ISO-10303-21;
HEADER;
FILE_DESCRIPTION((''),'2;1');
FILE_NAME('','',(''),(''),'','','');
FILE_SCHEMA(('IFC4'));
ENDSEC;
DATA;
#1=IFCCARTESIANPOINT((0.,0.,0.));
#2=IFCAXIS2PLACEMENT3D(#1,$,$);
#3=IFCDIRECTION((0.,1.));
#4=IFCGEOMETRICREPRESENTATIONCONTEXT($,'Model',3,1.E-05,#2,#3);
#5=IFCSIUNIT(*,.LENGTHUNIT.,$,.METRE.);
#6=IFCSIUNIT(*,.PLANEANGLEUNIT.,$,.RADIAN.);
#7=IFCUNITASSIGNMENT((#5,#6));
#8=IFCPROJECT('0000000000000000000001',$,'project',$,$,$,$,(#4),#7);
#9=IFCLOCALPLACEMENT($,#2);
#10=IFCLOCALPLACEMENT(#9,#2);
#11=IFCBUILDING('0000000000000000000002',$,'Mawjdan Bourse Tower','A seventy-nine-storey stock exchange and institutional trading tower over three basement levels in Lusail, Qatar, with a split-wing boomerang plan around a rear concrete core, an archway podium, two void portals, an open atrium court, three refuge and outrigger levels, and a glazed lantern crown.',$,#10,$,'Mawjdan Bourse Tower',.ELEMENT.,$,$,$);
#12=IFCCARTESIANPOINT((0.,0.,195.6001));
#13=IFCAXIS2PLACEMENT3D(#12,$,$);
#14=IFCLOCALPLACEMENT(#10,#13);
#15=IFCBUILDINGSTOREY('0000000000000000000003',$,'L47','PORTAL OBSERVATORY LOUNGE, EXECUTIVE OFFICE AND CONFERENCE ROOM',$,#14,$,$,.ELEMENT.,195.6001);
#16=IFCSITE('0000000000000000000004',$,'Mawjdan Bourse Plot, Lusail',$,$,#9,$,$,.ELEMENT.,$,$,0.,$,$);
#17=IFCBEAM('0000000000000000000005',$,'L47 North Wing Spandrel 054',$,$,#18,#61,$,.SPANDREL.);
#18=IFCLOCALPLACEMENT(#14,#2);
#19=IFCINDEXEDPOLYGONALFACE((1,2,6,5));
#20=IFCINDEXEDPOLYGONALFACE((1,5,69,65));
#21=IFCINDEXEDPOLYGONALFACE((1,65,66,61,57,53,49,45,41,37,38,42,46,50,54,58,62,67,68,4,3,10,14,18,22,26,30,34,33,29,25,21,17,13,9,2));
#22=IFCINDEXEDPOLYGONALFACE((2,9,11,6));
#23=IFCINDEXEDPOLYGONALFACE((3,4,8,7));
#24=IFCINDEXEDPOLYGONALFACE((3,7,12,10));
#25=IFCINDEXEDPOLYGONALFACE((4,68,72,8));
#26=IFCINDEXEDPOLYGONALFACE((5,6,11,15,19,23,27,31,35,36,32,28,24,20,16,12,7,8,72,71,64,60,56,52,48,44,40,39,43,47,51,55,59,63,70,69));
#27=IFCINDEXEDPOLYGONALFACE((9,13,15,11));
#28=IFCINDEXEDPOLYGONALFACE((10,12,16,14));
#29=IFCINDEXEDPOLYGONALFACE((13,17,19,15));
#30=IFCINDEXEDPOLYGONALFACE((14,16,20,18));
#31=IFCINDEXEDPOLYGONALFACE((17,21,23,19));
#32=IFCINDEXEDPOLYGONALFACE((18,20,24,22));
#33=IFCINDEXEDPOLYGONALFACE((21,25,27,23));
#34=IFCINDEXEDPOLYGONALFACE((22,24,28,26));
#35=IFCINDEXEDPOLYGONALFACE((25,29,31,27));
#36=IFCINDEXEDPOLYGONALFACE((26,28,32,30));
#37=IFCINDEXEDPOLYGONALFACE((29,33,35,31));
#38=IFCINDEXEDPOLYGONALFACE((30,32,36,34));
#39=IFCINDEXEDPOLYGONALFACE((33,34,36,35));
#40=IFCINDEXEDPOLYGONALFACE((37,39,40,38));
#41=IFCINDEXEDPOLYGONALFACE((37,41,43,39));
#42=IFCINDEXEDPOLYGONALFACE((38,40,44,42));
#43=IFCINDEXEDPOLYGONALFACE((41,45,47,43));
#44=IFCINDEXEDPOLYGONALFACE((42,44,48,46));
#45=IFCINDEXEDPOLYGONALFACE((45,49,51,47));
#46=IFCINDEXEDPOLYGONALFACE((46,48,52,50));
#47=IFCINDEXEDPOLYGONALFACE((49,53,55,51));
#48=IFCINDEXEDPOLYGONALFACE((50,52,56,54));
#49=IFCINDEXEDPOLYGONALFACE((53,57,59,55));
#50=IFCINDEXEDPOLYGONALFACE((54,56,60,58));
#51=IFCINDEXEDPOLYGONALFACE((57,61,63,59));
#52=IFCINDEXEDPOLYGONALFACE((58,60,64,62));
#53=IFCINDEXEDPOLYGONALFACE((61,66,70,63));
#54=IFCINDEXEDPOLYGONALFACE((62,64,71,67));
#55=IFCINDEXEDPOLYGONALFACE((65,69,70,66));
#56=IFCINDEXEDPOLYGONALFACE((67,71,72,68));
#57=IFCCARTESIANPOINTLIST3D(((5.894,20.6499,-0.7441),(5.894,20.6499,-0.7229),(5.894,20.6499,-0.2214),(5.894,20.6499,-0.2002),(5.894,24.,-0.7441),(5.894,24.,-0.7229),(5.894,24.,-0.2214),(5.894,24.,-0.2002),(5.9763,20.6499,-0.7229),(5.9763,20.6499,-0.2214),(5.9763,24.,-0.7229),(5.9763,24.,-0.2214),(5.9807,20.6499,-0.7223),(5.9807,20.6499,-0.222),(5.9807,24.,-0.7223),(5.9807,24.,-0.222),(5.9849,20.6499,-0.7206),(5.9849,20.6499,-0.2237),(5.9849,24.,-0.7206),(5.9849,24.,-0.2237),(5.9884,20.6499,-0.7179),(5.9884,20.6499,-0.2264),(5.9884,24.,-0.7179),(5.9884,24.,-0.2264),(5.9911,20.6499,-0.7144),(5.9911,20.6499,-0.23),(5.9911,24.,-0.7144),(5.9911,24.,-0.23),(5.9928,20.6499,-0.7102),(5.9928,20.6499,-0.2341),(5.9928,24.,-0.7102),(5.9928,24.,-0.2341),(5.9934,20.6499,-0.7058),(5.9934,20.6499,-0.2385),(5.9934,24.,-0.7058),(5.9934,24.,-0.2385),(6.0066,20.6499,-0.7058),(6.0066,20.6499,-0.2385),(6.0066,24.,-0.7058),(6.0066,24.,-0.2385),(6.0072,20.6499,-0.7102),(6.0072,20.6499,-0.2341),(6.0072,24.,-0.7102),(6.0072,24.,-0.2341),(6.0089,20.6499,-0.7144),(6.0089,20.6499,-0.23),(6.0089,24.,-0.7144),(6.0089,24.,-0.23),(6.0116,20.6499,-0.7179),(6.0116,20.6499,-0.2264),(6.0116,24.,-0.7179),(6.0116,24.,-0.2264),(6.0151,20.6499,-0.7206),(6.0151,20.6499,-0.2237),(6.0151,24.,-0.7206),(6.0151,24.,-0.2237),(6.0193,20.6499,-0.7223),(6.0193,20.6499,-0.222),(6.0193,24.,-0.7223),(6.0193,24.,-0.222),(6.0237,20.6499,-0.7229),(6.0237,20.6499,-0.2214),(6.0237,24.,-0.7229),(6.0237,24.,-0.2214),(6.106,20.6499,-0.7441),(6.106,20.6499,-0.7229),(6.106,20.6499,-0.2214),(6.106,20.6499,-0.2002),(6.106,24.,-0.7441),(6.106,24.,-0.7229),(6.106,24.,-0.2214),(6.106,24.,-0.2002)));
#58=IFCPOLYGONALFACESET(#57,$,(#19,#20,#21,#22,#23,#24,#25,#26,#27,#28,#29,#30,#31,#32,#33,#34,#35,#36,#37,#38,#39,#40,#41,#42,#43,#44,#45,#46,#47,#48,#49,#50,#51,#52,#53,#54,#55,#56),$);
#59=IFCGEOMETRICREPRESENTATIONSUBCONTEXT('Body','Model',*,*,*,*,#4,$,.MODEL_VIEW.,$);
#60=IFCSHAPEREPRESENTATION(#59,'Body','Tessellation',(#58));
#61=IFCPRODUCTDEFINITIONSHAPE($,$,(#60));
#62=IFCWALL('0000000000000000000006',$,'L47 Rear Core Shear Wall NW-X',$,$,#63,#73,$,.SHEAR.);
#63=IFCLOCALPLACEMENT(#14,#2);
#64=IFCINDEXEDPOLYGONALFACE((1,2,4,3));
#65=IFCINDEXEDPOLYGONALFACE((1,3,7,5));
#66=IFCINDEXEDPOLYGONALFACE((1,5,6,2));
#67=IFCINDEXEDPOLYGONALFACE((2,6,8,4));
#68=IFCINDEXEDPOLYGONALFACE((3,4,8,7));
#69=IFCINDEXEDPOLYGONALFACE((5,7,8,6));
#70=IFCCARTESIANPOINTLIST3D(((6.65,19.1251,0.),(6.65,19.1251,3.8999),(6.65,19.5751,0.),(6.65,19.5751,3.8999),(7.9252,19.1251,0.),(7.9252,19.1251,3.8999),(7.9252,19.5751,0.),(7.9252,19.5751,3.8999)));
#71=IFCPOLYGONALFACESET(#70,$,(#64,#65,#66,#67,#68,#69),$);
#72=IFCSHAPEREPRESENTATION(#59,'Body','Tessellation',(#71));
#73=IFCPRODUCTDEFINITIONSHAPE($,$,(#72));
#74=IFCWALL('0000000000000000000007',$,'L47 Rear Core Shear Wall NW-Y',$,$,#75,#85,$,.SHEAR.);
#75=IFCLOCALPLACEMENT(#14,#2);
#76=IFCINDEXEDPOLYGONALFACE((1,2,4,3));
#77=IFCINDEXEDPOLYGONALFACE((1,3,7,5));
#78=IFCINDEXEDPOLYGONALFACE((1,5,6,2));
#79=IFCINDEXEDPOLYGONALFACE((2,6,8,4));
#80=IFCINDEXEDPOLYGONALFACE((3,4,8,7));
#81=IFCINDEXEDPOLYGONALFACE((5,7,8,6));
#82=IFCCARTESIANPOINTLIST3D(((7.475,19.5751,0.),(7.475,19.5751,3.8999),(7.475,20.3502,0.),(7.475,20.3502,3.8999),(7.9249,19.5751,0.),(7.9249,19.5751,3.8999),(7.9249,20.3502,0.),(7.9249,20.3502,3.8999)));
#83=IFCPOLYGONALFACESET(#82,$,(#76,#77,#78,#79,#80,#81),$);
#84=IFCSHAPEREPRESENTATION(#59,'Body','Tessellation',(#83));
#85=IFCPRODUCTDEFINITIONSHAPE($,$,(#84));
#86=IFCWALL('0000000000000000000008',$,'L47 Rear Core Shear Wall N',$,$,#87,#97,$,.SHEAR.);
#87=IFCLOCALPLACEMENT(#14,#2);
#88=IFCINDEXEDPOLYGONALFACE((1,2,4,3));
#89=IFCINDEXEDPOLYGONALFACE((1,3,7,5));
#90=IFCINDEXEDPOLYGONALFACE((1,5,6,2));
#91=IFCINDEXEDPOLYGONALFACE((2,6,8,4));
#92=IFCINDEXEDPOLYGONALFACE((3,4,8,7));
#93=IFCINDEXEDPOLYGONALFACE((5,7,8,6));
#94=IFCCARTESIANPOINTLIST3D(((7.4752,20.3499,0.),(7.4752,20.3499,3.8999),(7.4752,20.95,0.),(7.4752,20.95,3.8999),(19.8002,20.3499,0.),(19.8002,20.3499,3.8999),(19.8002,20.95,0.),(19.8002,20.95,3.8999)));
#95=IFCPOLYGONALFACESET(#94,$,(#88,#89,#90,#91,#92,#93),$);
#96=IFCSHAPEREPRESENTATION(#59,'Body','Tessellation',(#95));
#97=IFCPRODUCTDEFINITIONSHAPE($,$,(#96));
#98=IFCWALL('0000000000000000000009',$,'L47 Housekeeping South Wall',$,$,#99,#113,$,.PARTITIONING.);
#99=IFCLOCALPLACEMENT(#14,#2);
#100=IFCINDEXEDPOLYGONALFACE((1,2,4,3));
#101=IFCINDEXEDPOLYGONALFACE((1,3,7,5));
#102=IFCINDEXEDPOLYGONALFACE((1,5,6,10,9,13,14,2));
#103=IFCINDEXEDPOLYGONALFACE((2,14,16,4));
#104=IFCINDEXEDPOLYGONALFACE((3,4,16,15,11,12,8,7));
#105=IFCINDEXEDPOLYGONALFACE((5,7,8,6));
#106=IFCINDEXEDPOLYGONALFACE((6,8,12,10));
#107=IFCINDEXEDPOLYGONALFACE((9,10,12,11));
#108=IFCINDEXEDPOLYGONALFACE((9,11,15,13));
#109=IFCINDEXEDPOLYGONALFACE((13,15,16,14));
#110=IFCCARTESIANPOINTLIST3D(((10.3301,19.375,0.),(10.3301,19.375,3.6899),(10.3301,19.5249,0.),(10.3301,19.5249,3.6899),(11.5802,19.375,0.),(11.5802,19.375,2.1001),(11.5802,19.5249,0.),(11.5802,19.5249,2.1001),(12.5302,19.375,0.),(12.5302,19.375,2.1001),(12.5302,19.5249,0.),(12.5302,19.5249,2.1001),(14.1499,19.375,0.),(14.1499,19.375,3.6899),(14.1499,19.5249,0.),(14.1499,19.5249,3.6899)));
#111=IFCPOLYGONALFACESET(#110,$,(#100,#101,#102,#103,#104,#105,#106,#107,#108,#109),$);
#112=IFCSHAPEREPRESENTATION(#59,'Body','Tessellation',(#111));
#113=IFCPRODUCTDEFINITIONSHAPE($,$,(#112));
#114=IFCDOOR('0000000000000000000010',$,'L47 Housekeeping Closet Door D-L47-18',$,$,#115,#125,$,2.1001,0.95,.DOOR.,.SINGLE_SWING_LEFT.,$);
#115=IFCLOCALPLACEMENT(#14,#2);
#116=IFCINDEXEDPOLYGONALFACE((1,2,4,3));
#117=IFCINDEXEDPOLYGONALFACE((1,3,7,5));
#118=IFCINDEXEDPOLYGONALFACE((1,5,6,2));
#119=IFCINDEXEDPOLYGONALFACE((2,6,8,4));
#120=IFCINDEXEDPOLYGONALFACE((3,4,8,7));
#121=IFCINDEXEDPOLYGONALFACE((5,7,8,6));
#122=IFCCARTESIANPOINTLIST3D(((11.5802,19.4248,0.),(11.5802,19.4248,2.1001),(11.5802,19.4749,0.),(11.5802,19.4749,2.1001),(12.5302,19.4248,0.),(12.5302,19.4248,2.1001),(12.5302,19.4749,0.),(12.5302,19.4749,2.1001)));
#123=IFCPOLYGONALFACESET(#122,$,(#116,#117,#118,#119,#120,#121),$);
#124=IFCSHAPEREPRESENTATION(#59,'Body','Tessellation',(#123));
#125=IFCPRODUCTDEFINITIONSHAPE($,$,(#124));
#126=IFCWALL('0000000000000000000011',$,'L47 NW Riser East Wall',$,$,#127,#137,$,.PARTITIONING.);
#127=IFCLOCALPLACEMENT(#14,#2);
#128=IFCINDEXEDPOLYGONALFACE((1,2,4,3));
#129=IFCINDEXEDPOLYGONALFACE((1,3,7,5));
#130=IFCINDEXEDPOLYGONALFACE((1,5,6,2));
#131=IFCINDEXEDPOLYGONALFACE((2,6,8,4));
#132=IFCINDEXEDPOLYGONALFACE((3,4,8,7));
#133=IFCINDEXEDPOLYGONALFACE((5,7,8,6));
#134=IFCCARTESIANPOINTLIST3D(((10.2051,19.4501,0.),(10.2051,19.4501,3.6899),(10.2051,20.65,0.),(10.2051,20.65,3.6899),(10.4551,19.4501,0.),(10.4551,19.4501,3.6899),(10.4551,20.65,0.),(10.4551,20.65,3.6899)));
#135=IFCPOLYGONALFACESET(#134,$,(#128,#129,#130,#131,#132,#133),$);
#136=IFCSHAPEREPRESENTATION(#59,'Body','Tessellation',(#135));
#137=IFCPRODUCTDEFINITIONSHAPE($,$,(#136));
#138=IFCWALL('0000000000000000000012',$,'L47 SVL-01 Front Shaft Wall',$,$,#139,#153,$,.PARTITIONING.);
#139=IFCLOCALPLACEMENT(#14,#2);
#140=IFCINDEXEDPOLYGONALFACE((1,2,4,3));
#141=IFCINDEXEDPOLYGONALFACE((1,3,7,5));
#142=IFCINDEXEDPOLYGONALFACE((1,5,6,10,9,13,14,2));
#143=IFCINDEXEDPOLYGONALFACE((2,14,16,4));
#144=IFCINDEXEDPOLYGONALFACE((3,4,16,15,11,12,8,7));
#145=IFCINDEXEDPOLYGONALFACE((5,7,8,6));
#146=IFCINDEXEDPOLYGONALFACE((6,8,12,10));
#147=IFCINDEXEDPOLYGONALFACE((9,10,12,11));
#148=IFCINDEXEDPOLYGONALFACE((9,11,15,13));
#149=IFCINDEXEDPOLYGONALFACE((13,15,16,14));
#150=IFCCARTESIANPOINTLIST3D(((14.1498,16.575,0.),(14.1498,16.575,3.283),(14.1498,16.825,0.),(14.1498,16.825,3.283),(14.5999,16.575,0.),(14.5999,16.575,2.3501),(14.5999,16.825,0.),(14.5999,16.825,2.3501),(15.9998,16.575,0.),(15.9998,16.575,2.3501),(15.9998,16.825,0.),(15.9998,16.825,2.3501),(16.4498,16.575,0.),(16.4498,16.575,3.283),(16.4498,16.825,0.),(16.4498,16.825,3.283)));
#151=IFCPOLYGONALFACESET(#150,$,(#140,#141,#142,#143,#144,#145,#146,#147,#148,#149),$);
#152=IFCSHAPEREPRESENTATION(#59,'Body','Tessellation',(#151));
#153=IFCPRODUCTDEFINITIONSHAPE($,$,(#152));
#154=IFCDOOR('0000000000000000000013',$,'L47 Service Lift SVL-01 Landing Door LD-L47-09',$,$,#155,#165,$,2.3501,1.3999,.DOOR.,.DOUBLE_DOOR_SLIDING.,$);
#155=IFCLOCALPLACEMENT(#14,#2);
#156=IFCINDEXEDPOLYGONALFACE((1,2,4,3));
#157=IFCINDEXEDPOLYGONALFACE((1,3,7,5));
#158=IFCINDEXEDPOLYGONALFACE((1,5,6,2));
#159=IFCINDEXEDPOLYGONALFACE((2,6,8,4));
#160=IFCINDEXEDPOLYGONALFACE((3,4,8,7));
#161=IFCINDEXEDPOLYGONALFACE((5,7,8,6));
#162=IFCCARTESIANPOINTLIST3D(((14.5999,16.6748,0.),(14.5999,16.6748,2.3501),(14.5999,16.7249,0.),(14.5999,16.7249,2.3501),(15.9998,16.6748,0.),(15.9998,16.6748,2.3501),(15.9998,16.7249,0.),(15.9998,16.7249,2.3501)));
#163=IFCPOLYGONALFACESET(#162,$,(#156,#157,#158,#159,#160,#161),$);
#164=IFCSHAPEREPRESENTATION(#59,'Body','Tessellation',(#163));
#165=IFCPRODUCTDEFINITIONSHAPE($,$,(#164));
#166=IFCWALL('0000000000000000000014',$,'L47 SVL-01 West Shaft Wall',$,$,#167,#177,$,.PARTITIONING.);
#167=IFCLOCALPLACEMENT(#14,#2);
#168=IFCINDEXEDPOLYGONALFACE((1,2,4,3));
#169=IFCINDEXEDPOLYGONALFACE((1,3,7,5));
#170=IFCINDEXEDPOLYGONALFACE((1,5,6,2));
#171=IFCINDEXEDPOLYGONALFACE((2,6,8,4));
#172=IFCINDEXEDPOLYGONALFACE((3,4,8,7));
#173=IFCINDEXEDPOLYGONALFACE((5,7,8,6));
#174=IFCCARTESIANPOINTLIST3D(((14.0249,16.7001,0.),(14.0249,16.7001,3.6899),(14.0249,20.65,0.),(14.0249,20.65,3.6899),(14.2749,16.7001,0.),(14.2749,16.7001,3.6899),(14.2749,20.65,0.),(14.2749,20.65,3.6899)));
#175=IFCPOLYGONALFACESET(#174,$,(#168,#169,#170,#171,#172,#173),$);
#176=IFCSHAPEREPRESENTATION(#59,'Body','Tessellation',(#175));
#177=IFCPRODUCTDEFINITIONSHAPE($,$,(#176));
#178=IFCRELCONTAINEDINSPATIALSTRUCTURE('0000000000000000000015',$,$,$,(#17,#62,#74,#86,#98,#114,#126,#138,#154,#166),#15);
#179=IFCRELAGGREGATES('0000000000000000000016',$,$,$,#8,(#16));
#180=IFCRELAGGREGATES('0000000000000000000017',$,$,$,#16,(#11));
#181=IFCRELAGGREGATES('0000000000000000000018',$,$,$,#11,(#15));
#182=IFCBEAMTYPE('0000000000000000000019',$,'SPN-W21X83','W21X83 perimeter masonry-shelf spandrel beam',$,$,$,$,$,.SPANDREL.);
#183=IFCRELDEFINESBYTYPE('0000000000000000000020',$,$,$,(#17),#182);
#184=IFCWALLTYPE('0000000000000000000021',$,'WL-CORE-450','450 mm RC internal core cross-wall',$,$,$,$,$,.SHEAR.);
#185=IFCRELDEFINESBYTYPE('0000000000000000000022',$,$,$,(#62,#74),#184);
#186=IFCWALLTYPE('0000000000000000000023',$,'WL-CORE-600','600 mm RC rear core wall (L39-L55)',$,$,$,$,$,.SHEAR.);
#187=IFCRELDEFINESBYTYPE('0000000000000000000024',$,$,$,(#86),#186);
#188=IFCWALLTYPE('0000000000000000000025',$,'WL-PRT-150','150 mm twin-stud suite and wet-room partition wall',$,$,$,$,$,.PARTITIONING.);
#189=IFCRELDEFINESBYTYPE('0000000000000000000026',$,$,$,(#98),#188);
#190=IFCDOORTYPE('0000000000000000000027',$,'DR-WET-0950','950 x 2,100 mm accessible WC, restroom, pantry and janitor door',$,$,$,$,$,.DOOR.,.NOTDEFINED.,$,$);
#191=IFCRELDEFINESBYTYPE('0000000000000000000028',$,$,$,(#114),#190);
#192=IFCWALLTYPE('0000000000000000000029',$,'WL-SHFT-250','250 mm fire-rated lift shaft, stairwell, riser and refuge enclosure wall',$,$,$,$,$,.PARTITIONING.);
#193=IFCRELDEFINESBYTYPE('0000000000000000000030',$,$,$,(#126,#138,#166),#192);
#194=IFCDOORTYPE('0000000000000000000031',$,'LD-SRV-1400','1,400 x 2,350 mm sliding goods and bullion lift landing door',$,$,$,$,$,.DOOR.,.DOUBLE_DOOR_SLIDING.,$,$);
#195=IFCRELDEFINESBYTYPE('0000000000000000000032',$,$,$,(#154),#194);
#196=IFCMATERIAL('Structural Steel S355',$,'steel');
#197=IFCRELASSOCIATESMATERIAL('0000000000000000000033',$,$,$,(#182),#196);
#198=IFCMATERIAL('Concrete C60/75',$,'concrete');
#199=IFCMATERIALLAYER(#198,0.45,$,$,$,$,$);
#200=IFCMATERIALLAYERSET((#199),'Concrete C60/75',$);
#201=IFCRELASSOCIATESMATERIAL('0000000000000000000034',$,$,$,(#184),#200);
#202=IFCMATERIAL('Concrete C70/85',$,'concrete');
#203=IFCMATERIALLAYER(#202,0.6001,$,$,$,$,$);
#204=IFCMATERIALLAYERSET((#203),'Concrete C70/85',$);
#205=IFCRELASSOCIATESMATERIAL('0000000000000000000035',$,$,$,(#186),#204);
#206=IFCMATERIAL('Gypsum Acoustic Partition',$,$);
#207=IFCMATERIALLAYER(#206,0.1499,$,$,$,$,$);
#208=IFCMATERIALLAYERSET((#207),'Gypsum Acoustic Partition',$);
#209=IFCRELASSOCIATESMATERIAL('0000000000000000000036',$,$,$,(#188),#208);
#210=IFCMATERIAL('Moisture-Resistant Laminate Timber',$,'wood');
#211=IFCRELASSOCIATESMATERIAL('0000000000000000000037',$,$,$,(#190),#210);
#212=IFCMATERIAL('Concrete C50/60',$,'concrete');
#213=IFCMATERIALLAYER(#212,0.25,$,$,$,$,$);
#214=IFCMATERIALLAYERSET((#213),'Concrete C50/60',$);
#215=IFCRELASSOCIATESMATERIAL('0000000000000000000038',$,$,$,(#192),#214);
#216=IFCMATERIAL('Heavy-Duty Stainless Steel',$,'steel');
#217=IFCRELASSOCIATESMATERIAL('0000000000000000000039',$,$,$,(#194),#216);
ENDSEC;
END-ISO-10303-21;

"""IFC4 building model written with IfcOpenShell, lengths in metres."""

from ifc_helpers import new_model, si_unit, direction, frame, frame_2d, origin, origin_2d, place, context, subcontext, project, spatial, rectangle, i_section, extrude, material, layer, layer_set, material_profile, profile_set, type_object, element, fill, save


model = new_model("IFC4")

# Units and contexts
model_context = context("Model", 3, precision=1e-05, world=origin(), true_north=direction((0.0, 1.0)))
body_context = subcontext(model_context, "Body", "Model", "MODEL_VIEW")
ifc_project = project(units=[si_unit("LENGTHUNIT", "METRE"), si_unit("PLANEANGLEUNIT", "RADIAN")], contexts=[model_context])

# Site, building, storey
site_placement = place(None, origin())
site = spatial("IfcSite", under=ifc_project, at=site_placement, Name="Mawjdan Bourse Plot, Lusail", CompositionType="ELEMENT", RefElevation=0.0)
building_placement = place(site_placement, origin())
building = spatial("IfcBuilding", under=site, at=building_placement, Name="Mawjdan Bourse Tower", Description="A seventy-nine-storey stock exchange and institutional trading tower over three basement levels in Lusail, Qatar, with a split-wing boomerang plan around a rear concrete core, an archway podium, two void portals, an open atrium court, three refuge and outrigger levels, and a glazed lantern crown.", LongName="Mawjdan Bourse Tower", CompositionType="ELEMENT")
storey_placement = place(building_placement, frame((0.0, 0.0, 195.6001)))
storey = spatial("IfcBuildingStorey", under=building, at=storey_placement, Name="L47", Description="PORTAL OBSERVATORY LOUNGE, EXECUTIVE OFFICE AND CONFERENCE ROOM", CompositionType="ELEMENT", Elevation=195.6001)

# Beam
ifc_material_1 = material(Name="Structural Steel S355", Category="steel")
ifc_material_profile_1 = material_profile(ifc_material_1, i_section(OverallWidth=0.2119, OverallDepth=0.5439, WebThickness=0.0132, FlangeThickness=0.0212, FilletRadius=0.0171, at=origin_2d()), Name="W21X83")
ifc_profile_set_1 = profile_set([ifc_material_profile_1], Name="Structural Steel S355")
beam_type_1 = type_object("IfcBeamType", Name="SPN-W21X83", Description="W21X83 perimeter masonry-shelf spandrel beam", PredefinedType="SPANDREL", material=ifc_profile_set_1)
beam_1_placement = place(storey_placement, frame((6.0, 20.6499, -0.4722), z_axis=(0.0, 1.0, 0.0), x_axis=(-1.0, 0.0, 0.0)))
element("IfcBeam", 1, at=beam_1_placement, inside=storey, type_object=beam_type_1, Name="L47 North Wing Spandrel 054", PredefinedType="SPANDREL", context=body_context, shape_type="SweptSolid", body=[
    extrude(i_section(OverallWidth=0.2119, OverallDepth=0.5439, WebThickness=0.0132, FlangeThickness=0.0212, FilletRadius=0.0171, at=origin_2d()), origin(), (0.0, 0.0, 1.0), 3.3501),
])

# Walls
ifc_material_2 = material(Name="Concrete C60/75", Category="concrete")
ifc_layer_1 = layer(ifc_material_2, 0.45)
ifc_layer_set_1 = layer_set([ifc_layer_1], Name="Concrete C60/75")
wall_type_1 = type_object("IfcWallType", Name="WL-CORE-450", Description="450 mm RC internal core cross-wall", PredefinedType="SHEAR", material=ifc_layer_set_1)
wall_1_placement = place(storey_placement, frame((6.6499, 19.3501, 0.0), z_axis=(0.0, 0.0, 1.0), x_axis=(1.0, 0.0, 0.0)))
element("IfcWall", 2, at=wall_1_placement, inside=storey, type_object=wall_type_1, Name="L47 Rear Core Shear Wall NW-X", PredefinedType="SHEAR", context=body_context, shape_type="SweptSolid", body=[
    extrude(rectangle(XDim=1.2751, YDim=0.45, at=frame_2d((0.6377, 0.0))), origin(), (0.0, 0.0, 1.0), 3.8999),
])
wall_2_placement = place(storey_placement, frame((7.7, 19.575, 0.0), z_axis=(0.0, 0.0, 1.0), x_axis=(0.0, 1.0, 0.0)))
element("IfcWall", 3, at=wall_2_placement, inside=storey, type_object=wall_type_1, Name="L47 Rear Core Shear Wall NW-Y", PredefinedType="SHEAR", context=body_context, shape_type="SweptSolid", body=[
    extrude(rectangle(XDim=0.7751, YDim=0.45, at=frame_2d((0.3877, 0.0))), origin(), (0.0, 0.0, 1.0), 3.8999),
])
ifc_material_3 = material(Name="Concrete C70/85", Category="concrete")
ifc_layer_2 = layer(ifc_material_3, 0.6001)
ifc_layer_set_2 = layer_set([ifc_layer_2], Name="Concrete C70/85")
wall_type_2 = type_object("IfcWallType", Name="WL-CORE-600", Description="600 mm RC rear core wall (L39-L55)", PredefinedType="SHEAR", material=ifc_layer_set_2)
wall_3_placement = place(storey_placement, frame((7.4751, 20.6499, 0.0), z_axis=(0.0, 0.0, 1.0), x_axis=(1.0, 0.0, 0.0)))
element("IfcWall", 4, at=wall_3_placement, inside=storey, type_object=wall_type_2, Name="L47 Rear Core Shear Wall N", PredefinedType="SHEAR", context=body_context, shape_type="SweptSolid", body=[
    extrude(rectangle(XDim=12.325, YDim=0.6001, at=frame_2d((6.1626, 0.0))), origin(), (0.0, 0.0, 1.0), 3.8999),
])

# Wall, opening, door
ifc_material_4 = material(Name="Gypsum Acoustic Partition")
ifc_layer_3 = layer(ifc_material_4, 0.1499)
ifc_layer_set_3 = layer_set([ifc_layer_3], Name="Gypsum Acoustic Partition")
wall_type_3 = type_object("IfcWallType", Name="WL-PRT-150", Description="150 mm twin-stud suite and wet-room partition wall", PredefinedType="PARTITIONING", material=ifc_layer_set_3)
wall_4_placement = place(storey_placement, frame((10.3301, 19.45, 0.0), z_axis=(0.0, 0.0, 1.0), x_axis=(1.0, 0.0, 0.0)))
wall_4 = element("IfcWall", 5, at=wall_4_placement, inside=storey, type_object=wall_type_3, Name="L47 Housekeeping South Wall", PredefinedType="PARTITIONING", context=body_context, shape_type="SweptSolid", body=[
    extrude(rectangle(XDim=3.8198, YDim=0.1499, at=frame_2d((1.9099, 0.0))), origin(), (0.0, 0.0, 1.0), 3.6899),
])
opening_1_placement = place(wall_4_placement, frame((1.25, 0.0, 0.0)))
opening_1 = element("IfcOpeningElement", 6, at=opening_1_placement, cuts=wall_4, PredefinedType="OPENING", context=body_context, shape_type="SweptSolid", body=[
    extrude(rectangle(XDim=0.95, YDim=2.1001, at=frame_2d((0.4751, 1.05))), frame((0.0, 0.085, 0.0), z_axis=(0.0, -1.0, 0.0), x_axis=(1.0, 0.0, 0.0)), (0.0, 0.0, 1.0), 0.1699),
])
ifc_material_5 = material(Name="Moisture-Resistant Laminate Timber", Category="wood")
door_type_1 = type_object("IfcDoorType", Name="DR-WET-0950", Description="950 x 2,100 mm accessible WC, restroom, pantry and janitor door", OperationType="NOTDEFINED", PredefinedType="DOOR", material=ifc_material_5)
door_1_placement = place(opening_1_placement, origin())
door_1 = element("IfcDoor", 7, at=door_1_placement, inside=storey, type_object=door_type_1, Name="L47 Housekeeping Closet Door D-L47-18", OperationType="SINGLE_SWING_LEFT", OverallHeight=2.1001, OverallWidth=0.95, PredefinedType="DOOR", context=body_context, shape_type="SweptSolid", body=[
    extrude(rectangle(XDim=0.95, YDim=2.1001, at=frame_2d((0.4751, 1.05))), frame((0.0, 0.0249, 0.0), z_axis=(0.0, -1.0, 0.0), x_axis=(1.0, 0.0, 0.0)), (0.0, 0.0, 1.0), 0.05),
])
fill(opening_1, door_1)

# Wall
ifc_material_6 = material(Name="Concrete C50/60", Category="concrete")
ifc_layer_4 = layer(ifc_material_6, 0.25)
ifc_layer_set_4 = layer_set([ifc_layer_4], Name="Concrete C50/60")
wall_type_4 = type_object("IfcWallType", Name="WL-SHFT-250", Description="250 mm fire-rated lift shaft, stairwell, riser and refuge enclosure wall", PredefinedType="PARTITIONING", material=ifc_layer_set_4)
wall_5_placement = place(storey_placement, frame((10.3301, 19.45, 0.0), z_axis=(0.0, 0.0, 1.0), x_axis=(0.0, 1.0, 0.0)))
element("IfcWall", 8, at=wall_5_placement, inside=storey, type_object=wall_type_4, Name="L47 NW Riser East Wall", PredefinedType="PARTITIONING", context=body_context, shape_type="SweptSolid", body=[
    extrude(rectangle(XDim=1.2, YDim=0.25, at=frame_2d((0.6001, 0.0))), origin(), (0.0, 0.0, 1.0), 3.6899),
])

# Wall, opening, door
wall_6_placement = place(storey_placement, frame((14.1499, 16.7, 0.0), z_axis=(0.0, 0.0, 1.0), x_axis=(1.0, 0.0, 0.0)))
wall_6 = element("IfcWall", 9, at=wall_6_placement, inside=storey, type_object=wall_type_4, Name="L47 SVL-01 Front Shaft Wall", PredefinedType="PARTITIONING", context=body_context, shape_type="SweptSolid", body=[
    extrude(rectangle(XDim=2.3, YDim=0.25, at=frame_2d((1.1499, 0.0))), origin(), (0.0, 0.0, 1.0), 3.283),
])
opening_2_placement = place(wall_6_placement, frame((0.45, 0.0, 0.0)))
opening_2 = element("IfcOpeningElement", 10, at=opening_2_placement, cuts=wall_6, PredefinedType="OPENING", context=body_context, shape_type="SweptSolid", body=[
    extrude(rectangle(XDim=1.3999, YDim=2.3501, at=frame_2d((0.7, 1.175))), frame((0.0, 0.135, 0.0), z_axis=(0.0, -1.0, 0.0), x_axis=(1.0, 0.0, 0.0)), (0.0, 0.0, 1.0), 0.27),
])
ifc_material_7 = material(Name="Heavy-Duty Stainless Steel", Category="steel")
door_type_2 = type_object("IfcDoorType", Name="LD-SRV-1400", Description="1,400 x 2,350 mm sliding goods and bullion lift landing door", OperationType="DOUBLE_DOOR_SLIDING", PredefinedType="DOOR", material=ifc_material_7)
door_2_placement = place(opening_2_placement, origin())
door_2 = element("IfcDoor", 11, at=door_2_placement, inside=storey, type_object=door_type_2, Name="L47 Service Lift SVL-01 Landing Door LD-L47-09", OperationType="DOUBLE_DOOR_SLIDING", OverallHeight=2.3501, OverallWidth=1.3999, PredefinedType="DOOR", context=body_context, shape_type="SweptSolid", body=[
    extrude(rectangle(XDim=1.3999, YDim=2.3501, at=frame_2d((0.7, 1.175))), frame((0.0, 0.0249, 0.0), z_axis=(0.0, -1.0, 0.0), x_axis=(1.0, 0.0, 0.0)), (0.0, 0.0, 1.0), 0.05),
])
fill(opening_2, door_2)

# Wall
wall_7_placement = place(storey_placement, frame((14.1499, 16.7, 0.0), z_axis=(0.0, 0.0, 1.0), x_axis=(0.0, 1.0, 0.0)))
element("IfcWall", 12, at=wall_7_placement, inside=storey, type_object=wall_type_4, Name="L47 SVL-01 West Shaft Wall", PredefinedType="PARTITIONING", context=body_context, shape_type="SweptSolid", body=[
    extrude(rectangle(XDim=3.95, YDim=0.25, at=frame_2d((1.9751, 0.0))), origin(), (0.0, 0.0, 1.0), 3.6899),
])

save(model, "model.ifc")
